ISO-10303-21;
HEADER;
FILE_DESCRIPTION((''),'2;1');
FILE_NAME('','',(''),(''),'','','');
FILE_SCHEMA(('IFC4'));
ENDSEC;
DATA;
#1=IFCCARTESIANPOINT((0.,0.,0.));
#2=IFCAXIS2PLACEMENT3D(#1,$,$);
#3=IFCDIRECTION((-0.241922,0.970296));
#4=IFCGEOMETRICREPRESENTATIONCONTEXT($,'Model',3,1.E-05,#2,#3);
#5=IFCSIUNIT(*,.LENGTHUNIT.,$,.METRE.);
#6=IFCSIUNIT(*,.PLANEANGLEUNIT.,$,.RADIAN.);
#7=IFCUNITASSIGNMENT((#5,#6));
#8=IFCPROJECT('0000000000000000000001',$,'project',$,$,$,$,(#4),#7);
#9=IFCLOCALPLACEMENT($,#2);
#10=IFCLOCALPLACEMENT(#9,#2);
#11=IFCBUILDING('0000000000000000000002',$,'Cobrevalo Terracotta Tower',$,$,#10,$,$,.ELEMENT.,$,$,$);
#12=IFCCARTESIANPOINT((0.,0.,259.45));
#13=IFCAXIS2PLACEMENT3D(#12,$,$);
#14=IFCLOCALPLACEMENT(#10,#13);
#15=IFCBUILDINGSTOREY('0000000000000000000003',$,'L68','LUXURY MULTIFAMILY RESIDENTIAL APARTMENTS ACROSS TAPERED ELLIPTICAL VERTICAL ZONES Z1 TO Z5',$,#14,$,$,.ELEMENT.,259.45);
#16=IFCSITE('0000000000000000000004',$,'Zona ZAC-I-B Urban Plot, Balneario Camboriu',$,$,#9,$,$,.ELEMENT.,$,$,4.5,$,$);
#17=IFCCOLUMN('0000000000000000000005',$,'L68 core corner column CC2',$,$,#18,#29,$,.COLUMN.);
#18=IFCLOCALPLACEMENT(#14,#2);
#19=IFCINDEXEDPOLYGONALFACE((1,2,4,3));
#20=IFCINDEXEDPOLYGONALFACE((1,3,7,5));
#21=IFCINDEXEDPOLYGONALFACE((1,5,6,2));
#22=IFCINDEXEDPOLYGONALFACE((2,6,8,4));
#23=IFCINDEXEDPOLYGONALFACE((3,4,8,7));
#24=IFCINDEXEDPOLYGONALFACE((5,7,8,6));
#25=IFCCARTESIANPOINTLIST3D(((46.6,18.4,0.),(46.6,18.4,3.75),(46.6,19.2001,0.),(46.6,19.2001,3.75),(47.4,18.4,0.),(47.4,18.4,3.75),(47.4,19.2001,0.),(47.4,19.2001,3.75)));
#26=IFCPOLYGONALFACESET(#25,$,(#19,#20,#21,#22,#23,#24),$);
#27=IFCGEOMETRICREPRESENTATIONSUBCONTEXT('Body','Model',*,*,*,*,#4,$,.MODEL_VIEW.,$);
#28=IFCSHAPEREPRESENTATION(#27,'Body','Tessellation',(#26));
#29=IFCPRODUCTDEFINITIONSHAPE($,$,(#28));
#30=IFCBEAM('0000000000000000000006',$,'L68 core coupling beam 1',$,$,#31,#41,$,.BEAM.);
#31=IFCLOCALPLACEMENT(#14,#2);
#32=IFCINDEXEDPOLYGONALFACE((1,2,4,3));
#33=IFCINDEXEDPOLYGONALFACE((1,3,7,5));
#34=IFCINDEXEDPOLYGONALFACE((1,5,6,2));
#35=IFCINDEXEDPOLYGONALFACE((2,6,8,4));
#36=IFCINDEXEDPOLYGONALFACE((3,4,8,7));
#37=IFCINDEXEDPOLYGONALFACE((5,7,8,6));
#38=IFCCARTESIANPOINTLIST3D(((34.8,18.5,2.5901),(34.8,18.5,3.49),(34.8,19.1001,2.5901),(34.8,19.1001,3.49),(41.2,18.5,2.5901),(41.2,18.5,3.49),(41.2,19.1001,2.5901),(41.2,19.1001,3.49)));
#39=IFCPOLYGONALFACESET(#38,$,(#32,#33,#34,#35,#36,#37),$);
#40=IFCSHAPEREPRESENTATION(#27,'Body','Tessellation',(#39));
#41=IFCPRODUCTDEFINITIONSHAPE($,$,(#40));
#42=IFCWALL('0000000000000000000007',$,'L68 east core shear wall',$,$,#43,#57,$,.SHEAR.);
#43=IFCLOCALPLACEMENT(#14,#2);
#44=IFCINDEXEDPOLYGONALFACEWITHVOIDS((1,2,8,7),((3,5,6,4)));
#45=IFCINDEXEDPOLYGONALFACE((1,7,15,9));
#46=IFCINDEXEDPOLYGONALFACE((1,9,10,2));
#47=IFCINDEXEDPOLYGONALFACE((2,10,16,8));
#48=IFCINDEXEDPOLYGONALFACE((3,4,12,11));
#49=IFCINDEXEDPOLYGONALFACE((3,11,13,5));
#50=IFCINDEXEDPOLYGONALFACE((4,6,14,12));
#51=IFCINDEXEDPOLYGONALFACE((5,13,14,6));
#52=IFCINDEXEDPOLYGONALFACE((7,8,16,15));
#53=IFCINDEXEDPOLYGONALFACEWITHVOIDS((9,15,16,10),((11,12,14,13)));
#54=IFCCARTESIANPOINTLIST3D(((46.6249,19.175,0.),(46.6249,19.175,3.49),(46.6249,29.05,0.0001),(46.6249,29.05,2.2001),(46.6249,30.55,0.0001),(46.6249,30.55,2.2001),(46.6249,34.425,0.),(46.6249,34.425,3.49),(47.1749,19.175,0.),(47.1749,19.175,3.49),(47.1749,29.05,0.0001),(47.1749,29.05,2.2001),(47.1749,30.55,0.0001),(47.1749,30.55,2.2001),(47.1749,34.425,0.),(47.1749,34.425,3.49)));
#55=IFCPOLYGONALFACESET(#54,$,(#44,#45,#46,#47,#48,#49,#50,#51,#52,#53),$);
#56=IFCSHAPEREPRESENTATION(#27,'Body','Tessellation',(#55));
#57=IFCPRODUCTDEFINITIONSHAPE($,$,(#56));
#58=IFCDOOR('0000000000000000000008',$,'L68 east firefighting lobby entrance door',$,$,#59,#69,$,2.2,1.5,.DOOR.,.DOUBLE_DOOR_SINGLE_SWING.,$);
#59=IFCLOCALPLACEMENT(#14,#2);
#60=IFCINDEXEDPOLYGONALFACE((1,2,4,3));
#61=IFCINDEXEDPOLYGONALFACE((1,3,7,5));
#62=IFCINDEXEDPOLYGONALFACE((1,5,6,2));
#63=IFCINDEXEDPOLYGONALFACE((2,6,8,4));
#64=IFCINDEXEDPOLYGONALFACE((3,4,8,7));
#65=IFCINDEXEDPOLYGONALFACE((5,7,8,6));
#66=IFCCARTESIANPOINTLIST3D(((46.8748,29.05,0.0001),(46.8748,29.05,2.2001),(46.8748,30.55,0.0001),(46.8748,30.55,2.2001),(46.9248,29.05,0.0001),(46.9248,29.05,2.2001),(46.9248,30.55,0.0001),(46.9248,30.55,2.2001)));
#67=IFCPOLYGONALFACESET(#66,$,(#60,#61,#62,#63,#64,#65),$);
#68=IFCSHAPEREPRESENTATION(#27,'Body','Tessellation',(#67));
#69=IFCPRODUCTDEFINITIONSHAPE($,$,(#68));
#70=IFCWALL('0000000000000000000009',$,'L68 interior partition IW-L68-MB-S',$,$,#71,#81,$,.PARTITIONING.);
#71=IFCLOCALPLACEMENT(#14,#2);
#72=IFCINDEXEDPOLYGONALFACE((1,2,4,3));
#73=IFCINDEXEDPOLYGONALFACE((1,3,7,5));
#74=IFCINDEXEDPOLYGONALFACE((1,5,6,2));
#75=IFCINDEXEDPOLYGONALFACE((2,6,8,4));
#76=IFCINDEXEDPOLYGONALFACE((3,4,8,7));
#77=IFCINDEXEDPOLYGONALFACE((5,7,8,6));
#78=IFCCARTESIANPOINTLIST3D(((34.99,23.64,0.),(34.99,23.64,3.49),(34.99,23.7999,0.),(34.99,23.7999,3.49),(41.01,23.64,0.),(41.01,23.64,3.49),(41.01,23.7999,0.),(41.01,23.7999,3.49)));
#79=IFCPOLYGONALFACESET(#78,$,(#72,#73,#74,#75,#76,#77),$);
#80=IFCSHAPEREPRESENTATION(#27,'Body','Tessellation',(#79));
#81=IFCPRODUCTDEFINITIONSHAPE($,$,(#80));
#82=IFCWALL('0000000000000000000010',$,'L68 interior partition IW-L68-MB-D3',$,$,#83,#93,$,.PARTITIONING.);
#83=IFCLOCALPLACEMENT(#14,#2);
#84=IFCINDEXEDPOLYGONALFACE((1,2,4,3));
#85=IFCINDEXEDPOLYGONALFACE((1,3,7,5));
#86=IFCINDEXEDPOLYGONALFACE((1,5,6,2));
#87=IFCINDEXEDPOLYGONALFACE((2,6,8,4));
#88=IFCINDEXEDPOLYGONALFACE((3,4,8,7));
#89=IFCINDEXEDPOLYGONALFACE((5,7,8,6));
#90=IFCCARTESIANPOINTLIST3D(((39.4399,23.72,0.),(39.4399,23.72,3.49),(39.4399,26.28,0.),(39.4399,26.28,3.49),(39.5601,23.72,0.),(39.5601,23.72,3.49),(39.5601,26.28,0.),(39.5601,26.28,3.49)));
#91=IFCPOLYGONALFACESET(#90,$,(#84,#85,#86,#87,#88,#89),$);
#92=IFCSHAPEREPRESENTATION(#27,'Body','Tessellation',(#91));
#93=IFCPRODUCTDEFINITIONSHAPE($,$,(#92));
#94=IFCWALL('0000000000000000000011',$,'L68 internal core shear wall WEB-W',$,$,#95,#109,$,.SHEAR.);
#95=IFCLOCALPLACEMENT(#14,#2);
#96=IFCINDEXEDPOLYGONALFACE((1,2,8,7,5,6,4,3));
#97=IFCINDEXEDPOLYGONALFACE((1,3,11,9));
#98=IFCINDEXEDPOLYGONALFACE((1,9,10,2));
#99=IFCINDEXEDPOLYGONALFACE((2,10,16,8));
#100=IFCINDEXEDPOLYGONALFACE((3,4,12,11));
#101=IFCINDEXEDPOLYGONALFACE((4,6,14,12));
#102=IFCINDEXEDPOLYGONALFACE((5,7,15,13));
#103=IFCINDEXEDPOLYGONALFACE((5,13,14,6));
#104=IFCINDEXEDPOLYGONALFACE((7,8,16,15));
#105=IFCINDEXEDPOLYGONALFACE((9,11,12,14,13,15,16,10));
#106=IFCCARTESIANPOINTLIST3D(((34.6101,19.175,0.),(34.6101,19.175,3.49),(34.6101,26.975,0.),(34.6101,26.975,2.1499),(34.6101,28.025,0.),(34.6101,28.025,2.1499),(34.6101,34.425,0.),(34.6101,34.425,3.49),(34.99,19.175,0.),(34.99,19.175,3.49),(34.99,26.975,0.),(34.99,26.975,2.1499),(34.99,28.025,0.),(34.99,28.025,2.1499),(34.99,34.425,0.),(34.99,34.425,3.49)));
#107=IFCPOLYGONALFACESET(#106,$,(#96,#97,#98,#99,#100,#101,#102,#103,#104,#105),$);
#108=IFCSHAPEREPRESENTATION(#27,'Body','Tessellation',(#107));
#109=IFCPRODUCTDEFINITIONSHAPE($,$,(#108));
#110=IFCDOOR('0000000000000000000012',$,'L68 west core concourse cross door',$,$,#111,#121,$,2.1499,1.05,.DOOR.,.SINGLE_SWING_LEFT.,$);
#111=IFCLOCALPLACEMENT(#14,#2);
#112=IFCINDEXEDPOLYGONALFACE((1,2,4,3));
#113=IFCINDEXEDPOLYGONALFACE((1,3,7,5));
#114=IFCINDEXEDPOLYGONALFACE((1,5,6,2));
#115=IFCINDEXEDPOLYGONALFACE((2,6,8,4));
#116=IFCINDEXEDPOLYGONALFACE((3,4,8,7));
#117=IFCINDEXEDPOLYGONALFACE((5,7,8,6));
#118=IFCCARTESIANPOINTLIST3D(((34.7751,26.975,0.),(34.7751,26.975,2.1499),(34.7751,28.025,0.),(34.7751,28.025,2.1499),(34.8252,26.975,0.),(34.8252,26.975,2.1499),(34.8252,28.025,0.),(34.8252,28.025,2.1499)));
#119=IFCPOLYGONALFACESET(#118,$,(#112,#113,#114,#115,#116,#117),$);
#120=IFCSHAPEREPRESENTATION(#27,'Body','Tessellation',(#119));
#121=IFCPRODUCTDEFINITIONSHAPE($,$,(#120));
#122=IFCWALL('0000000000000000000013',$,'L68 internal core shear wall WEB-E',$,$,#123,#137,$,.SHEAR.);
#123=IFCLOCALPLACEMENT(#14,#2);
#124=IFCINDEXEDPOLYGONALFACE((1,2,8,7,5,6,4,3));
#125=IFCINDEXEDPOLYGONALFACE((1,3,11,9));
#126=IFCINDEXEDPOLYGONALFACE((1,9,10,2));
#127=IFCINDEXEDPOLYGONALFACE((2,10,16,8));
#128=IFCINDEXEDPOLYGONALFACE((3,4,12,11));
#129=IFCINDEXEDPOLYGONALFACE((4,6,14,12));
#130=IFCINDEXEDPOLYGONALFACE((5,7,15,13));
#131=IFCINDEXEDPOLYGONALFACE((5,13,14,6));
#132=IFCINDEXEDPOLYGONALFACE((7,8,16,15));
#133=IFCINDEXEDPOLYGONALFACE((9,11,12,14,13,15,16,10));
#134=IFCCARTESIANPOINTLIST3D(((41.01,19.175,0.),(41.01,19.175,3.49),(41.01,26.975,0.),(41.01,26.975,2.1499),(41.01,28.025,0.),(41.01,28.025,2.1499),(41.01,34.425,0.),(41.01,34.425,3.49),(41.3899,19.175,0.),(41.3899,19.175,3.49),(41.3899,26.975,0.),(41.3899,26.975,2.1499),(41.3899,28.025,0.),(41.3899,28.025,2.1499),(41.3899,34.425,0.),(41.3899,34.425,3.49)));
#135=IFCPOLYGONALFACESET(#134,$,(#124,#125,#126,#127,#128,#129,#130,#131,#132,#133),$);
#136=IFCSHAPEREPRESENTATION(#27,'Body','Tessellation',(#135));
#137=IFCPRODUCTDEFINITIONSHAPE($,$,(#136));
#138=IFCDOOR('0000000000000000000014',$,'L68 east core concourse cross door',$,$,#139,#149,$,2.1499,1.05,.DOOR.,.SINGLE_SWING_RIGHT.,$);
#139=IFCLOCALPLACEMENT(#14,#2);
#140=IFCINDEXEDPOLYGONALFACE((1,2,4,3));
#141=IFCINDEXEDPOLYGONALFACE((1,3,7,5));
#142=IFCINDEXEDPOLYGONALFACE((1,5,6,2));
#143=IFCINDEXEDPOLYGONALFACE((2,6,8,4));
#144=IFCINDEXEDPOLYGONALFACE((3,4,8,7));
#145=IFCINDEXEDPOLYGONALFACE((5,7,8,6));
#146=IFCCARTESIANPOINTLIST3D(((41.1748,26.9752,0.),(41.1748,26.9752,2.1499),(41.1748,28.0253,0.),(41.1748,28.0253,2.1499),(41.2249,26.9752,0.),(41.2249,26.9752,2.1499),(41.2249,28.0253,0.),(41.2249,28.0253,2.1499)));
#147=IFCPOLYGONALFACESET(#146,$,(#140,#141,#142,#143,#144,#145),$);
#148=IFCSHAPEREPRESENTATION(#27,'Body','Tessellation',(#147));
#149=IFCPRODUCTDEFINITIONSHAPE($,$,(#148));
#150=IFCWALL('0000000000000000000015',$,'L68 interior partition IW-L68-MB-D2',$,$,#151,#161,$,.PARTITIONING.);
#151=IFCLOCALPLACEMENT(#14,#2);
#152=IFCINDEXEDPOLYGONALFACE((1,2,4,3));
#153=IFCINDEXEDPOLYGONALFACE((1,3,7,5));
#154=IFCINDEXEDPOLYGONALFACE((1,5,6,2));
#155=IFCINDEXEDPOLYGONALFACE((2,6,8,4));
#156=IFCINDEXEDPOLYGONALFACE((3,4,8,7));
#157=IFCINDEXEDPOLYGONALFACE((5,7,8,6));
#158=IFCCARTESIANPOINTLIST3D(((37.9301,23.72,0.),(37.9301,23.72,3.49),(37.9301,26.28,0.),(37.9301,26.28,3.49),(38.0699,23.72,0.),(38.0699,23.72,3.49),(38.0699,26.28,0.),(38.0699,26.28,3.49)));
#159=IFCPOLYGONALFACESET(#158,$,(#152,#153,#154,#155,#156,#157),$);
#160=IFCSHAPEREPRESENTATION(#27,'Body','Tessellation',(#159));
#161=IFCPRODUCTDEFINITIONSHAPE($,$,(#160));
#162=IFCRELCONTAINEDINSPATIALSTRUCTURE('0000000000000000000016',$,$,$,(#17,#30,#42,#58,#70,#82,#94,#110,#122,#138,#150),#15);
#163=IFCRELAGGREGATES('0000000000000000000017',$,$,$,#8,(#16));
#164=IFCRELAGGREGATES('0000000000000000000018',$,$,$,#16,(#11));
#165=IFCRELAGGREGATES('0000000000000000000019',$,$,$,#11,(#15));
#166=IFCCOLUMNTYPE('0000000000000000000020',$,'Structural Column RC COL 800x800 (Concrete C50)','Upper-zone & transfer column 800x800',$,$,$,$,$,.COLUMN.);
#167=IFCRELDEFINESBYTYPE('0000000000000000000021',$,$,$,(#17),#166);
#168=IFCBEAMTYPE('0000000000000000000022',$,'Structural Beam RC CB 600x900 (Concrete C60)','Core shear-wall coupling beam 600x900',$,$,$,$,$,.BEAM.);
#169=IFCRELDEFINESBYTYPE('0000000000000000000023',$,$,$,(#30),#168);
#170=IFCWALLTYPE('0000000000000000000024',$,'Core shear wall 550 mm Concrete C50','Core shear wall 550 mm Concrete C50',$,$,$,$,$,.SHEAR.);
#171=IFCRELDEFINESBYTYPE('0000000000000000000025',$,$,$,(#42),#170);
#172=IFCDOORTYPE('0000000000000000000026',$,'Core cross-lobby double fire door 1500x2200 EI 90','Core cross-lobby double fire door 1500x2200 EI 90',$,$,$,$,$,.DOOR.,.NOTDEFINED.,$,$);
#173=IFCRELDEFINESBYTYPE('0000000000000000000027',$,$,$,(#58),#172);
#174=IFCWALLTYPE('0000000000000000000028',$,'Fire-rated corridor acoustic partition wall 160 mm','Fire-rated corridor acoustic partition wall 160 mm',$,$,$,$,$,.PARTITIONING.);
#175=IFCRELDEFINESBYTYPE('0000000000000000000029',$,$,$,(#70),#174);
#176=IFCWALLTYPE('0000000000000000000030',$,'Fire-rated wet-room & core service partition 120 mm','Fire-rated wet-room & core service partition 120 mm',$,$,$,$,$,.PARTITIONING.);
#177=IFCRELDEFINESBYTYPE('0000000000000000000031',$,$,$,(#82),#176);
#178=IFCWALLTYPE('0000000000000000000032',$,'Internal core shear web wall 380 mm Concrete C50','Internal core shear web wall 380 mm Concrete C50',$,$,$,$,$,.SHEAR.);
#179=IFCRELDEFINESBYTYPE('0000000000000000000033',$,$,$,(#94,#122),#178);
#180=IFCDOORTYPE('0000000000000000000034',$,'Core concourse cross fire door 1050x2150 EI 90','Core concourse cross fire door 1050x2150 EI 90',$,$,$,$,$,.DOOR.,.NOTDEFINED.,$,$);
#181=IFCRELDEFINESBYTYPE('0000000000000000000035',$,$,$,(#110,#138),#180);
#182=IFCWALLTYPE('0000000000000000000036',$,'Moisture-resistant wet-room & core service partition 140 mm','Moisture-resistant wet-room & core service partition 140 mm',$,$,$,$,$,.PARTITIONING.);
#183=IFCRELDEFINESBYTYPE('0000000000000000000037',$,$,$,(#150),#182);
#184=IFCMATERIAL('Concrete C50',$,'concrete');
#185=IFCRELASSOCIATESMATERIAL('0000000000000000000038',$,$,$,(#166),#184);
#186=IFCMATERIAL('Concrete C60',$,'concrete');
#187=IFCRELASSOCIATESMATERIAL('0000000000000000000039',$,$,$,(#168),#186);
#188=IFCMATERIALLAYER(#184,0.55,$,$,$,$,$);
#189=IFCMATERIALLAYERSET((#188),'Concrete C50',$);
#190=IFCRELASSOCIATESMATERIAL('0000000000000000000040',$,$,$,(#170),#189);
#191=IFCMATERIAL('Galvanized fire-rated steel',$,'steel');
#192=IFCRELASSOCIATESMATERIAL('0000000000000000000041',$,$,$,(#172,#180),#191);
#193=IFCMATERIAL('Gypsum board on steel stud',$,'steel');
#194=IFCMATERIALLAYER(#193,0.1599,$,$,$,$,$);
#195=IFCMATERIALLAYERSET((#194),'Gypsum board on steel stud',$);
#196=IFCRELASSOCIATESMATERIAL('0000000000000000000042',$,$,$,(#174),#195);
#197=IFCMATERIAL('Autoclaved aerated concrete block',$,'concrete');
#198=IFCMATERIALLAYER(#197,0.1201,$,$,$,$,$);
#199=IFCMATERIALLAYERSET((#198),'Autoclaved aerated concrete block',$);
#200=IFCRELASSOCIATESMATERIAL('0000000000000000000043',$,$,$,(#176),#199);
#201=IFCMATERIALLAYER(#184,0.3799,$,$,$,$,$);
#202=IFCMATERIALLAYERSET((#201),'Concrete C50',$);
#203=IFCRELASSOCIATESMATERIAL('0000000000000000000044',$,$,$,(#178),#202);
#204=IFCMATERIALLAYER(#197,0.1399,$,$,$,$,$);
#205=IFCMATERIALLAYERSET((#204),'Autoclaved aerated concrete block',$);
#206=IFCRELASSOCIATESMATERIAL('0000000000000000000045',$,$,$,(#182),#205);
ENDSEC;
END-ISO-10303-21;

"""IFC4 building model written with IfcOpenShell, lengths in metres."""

from ifc_helpers import new_model, si_unit, direction, frame, frame_2d, origin, origin_2d, place, context, subcontext, project, spatial, rectangle, extrude, source, transform, mapped, material, layer, layer_set, material_profile, profile_set, type_object, element, fill, save


model = new_model("IFC4")

# Units and contexts
model_context = context("Model", 3, precision=1e-05, world=origin(), true_north=direction((-0.241922, 0.970296)))
body_context = subcontext(model_context, "Body", "Model", "MODEL_VIEW")
ifc_project = project(units=[si_unit("LENGTHUNIT", "METRE"), si_unit("PLANEANGLEUNIT", "RADIAN")], contexts=[model_context])

# Site, building, storey
site_placement = place(None, origin())
site = spatial("IfcSite", under=ifc_project, at=site_placement, Name="Zona ZAC-I-B Urban Plot, Balneario Camboriu", CompositionType="ELEMENT", RefElevation=4.5)
building_placement = place(site_placement, origin())
building = spatial("IfcBuilding", under=site, at=building_placement, Name="Cobrevalo Terracotta Tower", CompositionType="ELEMENT")
storey_placement = place(building_placement, frame((0.0, 0.0, 259.45)))
storey = spatial("IfcBuildingStorey", under=building, at=storey_placement, Name="L68", Description="LUXURY MULTIFAMILY RESIDENTIAL APARTMENTS ACROSS TAPERED ELLIPTICAL VERTICAL ZONES Z1 TO Z5", CompositionType="ELEMENT", Elevation=259.45)

# Column
ifc_material_1 = material(Name="Concrete C50", Category="concrete")
ifc_material_profile_1 = material_profile(ifc_material_1, rectangle(XDim=0.8, YDim=0.8, at=origin_2d()), Name="RC COL 800x800")
ifc_profile_set_1 = profile_set([ifc_material_profile_1], Name="Concrete C50")
column_type = type_object("IfcColumnType", Name="Structural Column RC COL 800x800 (Concrete C50)", Description="Upper-zone & transfer column 800x800", PredefinedType="COLUMN", material=ifc_profile_set_1)
column_placement = place(storey_placement, frame((47.0, 18.8, 0.0), z_axis=(0.0, 0.0, 1.0), x_axis=(1.0, 0.0, 0.0)))
element("IfcColumn", 1, at=column_placement, inside=storey, type_object=column_type, Name="L68 core corner column CC2", PredefinedType="COLUMN", context=body_context, shape_type="SweptSolid", body=[
    extrude(rectangle(XDim=0.8, YDim=0.8, at=origin_2d()), origin(), (0.0, 0.0, 1.0), 3.75),
])

# Beam
ifc_material_2 = material(Name="Concrete C60", Category="concrete")
ifc_material_profile_2 = material_profile(ifc_material_2, rectangle(XDim=0.6001, YDim=0.8999, at=origin_2d()), Name="RC CB 600x900")
ifc_profile_set_2 = profile_set([ifc_material_profile_2], Name="Concrete C60")
beam_type = type_object("IfcBeamType", Name="Structural Beam RC CB 600x900 (Concrete C60)", Description="Core shear-wall coupling beam 600x900", PredefinedType="BEAM", material=ifc_profile_set_2)
beam_placement = place(storey_placement, frame((34.8, 18.8, 3.04), z_axis=(1.0, 0.0, 0.0), x_axis=(0.0, 1.0, 0.0)))
element("IfcBeam", 2, at=beam_placement, inside=storey, type_object=beam_type, Name="L68 core coupling beam 1", PredefinedType="BEAM", context=body_context, shape_type="SweptSolid", body=[
    extrude(rectangle(XDim=0.6001, YDim=0.8999, at=origin_2d()), origin(), (0.0, 0.0, 1.0), 6.3999),
])

# Wall, opening, door
ifc_layer_1 = layer(ifc_material_1, 0.55)
ifc_layer_set_1 = layer_set([ifc_layer_1], Name="Concrete C50")
wall_type_1 = type_object("IfcWallType", Name="Core shear wall 550 mm Concrete C50", Description="Core shear wall 550 mm Concrete C50", PredefinedType="SHEAR", material=ifc_layer_set_1)
wall_1_placement = place(storey_placement, frame((46.8999, 19.175, 0.0), z_axis=(0.0, 0.0, 1.0), x_axis=(0.0, 1.0, 0.0)))
wall_1 = element("IfcWall", 3, at=wall_1_placement, inside=storey, type_object=wall_type_1, Name="L68 east core shear wall", PredefinedType="SHEAR", context=body_context, shape_type="SweptSolid", body=[
    extrude(rectangle(XDim=15.25, YDim=0.55, at=frame_2d((7.625, 0.0))), origin(), (0.0, 0.0, 1.0), 3.49),
])
opening_1_placement = place(wall_1_placement, frame((9.875, 0.0, 0.0)))
opening_1 = element("IfcOpeningElement", 4, at=opening_1_placement, cuts=wall_1, PredefinedType="OPENING", context=body_context, shape_type="SweptSolid", body=[
    extrude(rectangle(XDim=1.5, YDim=2.2, at=frame_2d((0.75, 1.1001))), frame((0.0, 0.2852, 0.0), z_axis=(0.0, -1.0, 0.0), x_axis=(1.0, 0.0, 0.0)), (0.0, 0.0, 1.0), 0.5701),
])
ifc_material_3 = material(Name="Galvanized fire-rated steel", Category="steel")
door_type_1 = type_object("IfcDoorType", Name="Core cross-lobby double fire door 1500x2200 EI 90", Description="Core cross-lobby double fire door 1500x2200 EI 90", OperationType="NOTDEFINED", PredefinedType="DOOR", material=ifc_material_3)
shared_shape_1 = source(origin(), body_context, "Body", "SweptSolid", [
    extrude(rectangle(XDim=1.5, YDim=2.2, at=frame_2d((0.75, 1.1001))), frame((0.0, 0.0249, 0.0), z_axis=(0.0, -1.0, 0.0), x_axis=(1.0, 0.0, 0.0)), (0.0, 0.0, 1.0), 0.05),
])
door_1_placement = place(opening_1_placement, frame((1.5, 0.0, 0.0), z_axis=(0.0, 0.0, 1.0), x_axis=(-1.0, 0.0, 0.0)))
door_1 = element("IfcDoor", 5, at=door_1_placement, inside=storey, type_object=door_type_1, Name="L68 east firefighting lobby entrance door", OperationType="DOUBLE_DOOR_SINGLE_SWING", OverallHeight=2.2, OverallWidth=1.5, PredefinedType="DOOR", context=body_context, shape_type="MappedRepresentation", body=[
    mapped(shared_shape_1, transform((0.0, 0.0, 0.0), scale=1.0)),
])
fill(opening_1, door_1)

# Walls
ifc_material_4 = material(Name="Gypsum board on steel stud", Category="steel")
ifc_layer_2 = layer(ifc_material_4, 0.1599)
ifc_layer_set_2 = layer_set([ifc_layer_2], Name="Gypsum board on steel stud")
wall_type_2 = type_object("IfcWallType", Name="Fire-rated corridor acoustic partition wall 160 mm", Description="Fire-rated corridor acoustic partition wall 160 mm", PredefinedType="PARTITIONING", material=ifc_layer_set_2)
wall_2_placement = place(storey_placement, frame((34.99, 23.72, 0.0), z_axis=(0.0, 0.0, 1.0), x_axis=(1.0, 0.0, 0.0)))
element("IfcWall", 6, at=wall_2_placement, inside=storey, type_object=wall_type_2, Name="L68 interior partition IW-L68-MB-S", PredefinedType="PARTITIONING", context=body_context, shape_type="SweptSolid", body=[
    extrude(rectangle(XDim=6.02, YDim=0.1599, at=frame_2d((3.01, 0.0))), origin(), (0.0, 0.0, 1.0), 3.49),
])
ifc_material_5 = material(Name="Autoclaved aerated concrete block", Category="concrete")
ifc_layer_3 = layer(ifc_material_5, 0.1201)
ifc_layer_set_3 = layer_set([ifc_layer_3], Name="Autoclaved aerated concrete block")
wall_type_3 = type_object("IfcWallType", Name="Fire-rated wet-room & core service partition 120 mm", Description="Fire-rated wet-room & core service partition 120 mm", PredefinedType="PARTITIONING", material=ifc_layer_set_3)
wall_3_placement = place(storey_placement, frame((39.5, 23.72, 0.0), z_axis=(0.0, 0.0, 1.0), x_axis=(0.0, 1.0, 0.0)))
element("IfcWall", 7, at=wall_3_placement, inside=storey, type_object=wall_type_3, Name="L68 interior partition IW-L68-MB-D3", PredefinedType="PARTITIONING", context=body_context, shape_type="SweptSolid", body=[
    extrude(rectangle(XDim=2.5601, YDim=0.1201, at=frame_2d((1.28, 0.0))), origin(), (0.0, 0.0, 1.0), 3.49),
])

# Walls, openings, doors
ifc_layer_4 = layer(ifc_material_1, 0.3799)
ifc_layer_set_4 = layer_set([ifc_layer_4], Name="Concrete C50")
wall_type_4 = type_object("IfcWallType", Name="Internal core shear web wall 380 mm Concrete C50", Description="Internal core shear web wall 380 mm Concrete C50", PredefinedType="SHEAR", material=ifc_layer_set_4)
wall_4_placement = place(storey_placement, frame((34.8, 19.175, 0.0), z_axis=(0.0, 0.0, 1.0), x_axis=(0.0, 1.0, 0.0)))
wall_4 = element("IfcWall", 8, at=wall_4_placement, inside=storey, type_object=wall_type_4, Name="L68 internal core shear wall WEB-W", PredefinedType="SHEAR", context=body_context, shape_type="SweptSolid", body=[
    extrude(rectangle(XDim=15.25, YDim=0.3799, at=frame_2d((7.625, 0.0))), origin(), (0.0, 0.0, 1.0), 3.49),
])
opening_2_placement = place(wall_4_placement, frame((7.8, 0.0, 0.0)))
opening_2 = element("IfcOpeningElement", 9, at=opening_2_placement, cuts=wall_4, PredefinedType="OPENING", context=body_context, shape_type="SweptSolid", body=[
    extrude(rectangle(XDim=1.05, YDim=2.1499, at=frame_2d((0.5249, 1.075))), frame((0.0, 0.2, 0.0), z_axis=(0.0, -1.0, 0.0), x_axis=(1.0, 0.0, 0.0)), (0.0, 0.0, 1.0), 0.3999),
])
door_type_2 = type_object("IfcDoorType", Name="Core concourse cross fire door 1050x2150 EI 90", Description="Core concourse cross fire door 1050x2150 EI 90", OperationType="NOTDEFINED", PredefinedType="DOOR", material=ifc_material_3)
shared_shape_2 = source(origin(), body_context, "Body", "SweptSolid", [
    extrude(rectangle(XDim=1.05, YDim=2.1499, at=frame_2d((0.5249, 1.075))), frame((0.0, 0.0249, 0.0), z_axis=(0.0, -1.0, 0.0), x_axis=(1.0, 0.0, 0.0)), (0.0, 0.0, 1.0), 0.05),
])
door_2_placement = place(opening_2_placement, origin())
door_2 = element("IfcDoor", 10, at=door_2_placement, inside=storey, type_object=door_type_2, Name="L68 west core concourse cross door", OperationType="SINGLE_SWING_LEFT", OverallHeight=2.1499, OverallWidth=1.05, PredefinedType="DOOR", context=body_context, shape_type="MappedRepresentation", body=[
    mapped(shared_shape_2, transform((0.0, 0.0, 0.0), scale=1.0)),
])
fill(opening_2, door_2)
wall_5_placement = place(storey_placement, frame((41.2, 19.175, 0.0), z_axis=(0.0, 0.0, 1.0), x_axis=(0.0, 1.0, 0.0)))
wall_5 = element("IfcWall", 11, at=wall_5_placement, inside=storey, type_object=wall_type_4, Name="L68 internal core shear wall WEB-E", PredefinedType="SHEAR", context=body_context, shape_type="SweptSolid", body=[
    extrude(rectangle(XDim=15.25, YDim=0.3799, at=frame_2d((7.625, 0.0))), origin(), (0.0, 0.0, 1.0), 3.49),
])
opening_3_placement = place(wall_5_placement, frame((7.8, 0.0, 0.0)))
opening_3 = element("IfcOpeningElement", 12, at=opening_3_placement, cuts=wall_5, PredefinedType="OPENING", context=body_context, shape_type="SweptSolid", body=[
    extrude(rectangle(XDim=1.05, YDim=2.1499, at=frame_2d((0.5249, 1.075))), frame((0.0, 0.2, 0.0), z_axis=(0.0, -1.0, 0.0), x_axis=(1.0, 0.0, 0.0)), (0.0, 0.0, 1.0), 0.3999),
])
door_3_placement = place(opening_3_placement, frame((1.05, 0.0, 0.0), z_axis=(0.0, 0.0, 1.0), x_axis=(-1.0, 0.0, 0.0)))
door_3 = element("IfcDoor", 13, at=door_3_placement, inside=storey, type_object=door_type_2, Name="L68 east core concourse cross door", OperationType="SINGLE_SWING_RIGHT", OverallHeight=2.1499, OverallWidth=1.05, PredefinedType="DOOR", context=body_context, shape_type="MappedRepresentation", body=[
    mapped(shared_shape_2, transform((0.0, 0.0, 0.0), scale=1.0)),
])
fill(opening_3, door_3)

# Wall
ifc_layer_5 = layer(ifc_material_5, 0.1399)
ifc_layer_set_5 = layer_set([ifc_layer_5], Name="Autoclaved aerated concrete block")
wall_type_5 = type_object("IfcWallType", Name="Moisture-resistant wet-room & core service partition 140 mm", Description="Moisture-resistant wet-room & core service partition 140 mm", PredefinedType="PARTITIONING", material=ifc_layer_set_5)
wall_6_placement = place(storey_placement, frame((38.0, 23.72, 0.0), z_axis=(0.0, 0.0, 1.0), x_axis=(0.0, 1.0, 0.0)))
element("IfcWall", 14, at=wall_6_placement, inside=storey, type_object=wall_type_5, Name="L68 interior partition IW-L68-MB-D2", PredefinedType="PARTITIONING", context=body_context, shape_type="SweptSolid", body=[
    extrude(rectangle(XDim=2.5601, YDim=0.1399, at=frame_2d((1.28, 0.0))), origin(), (0.0, 0.0, 1.0), 3.49),
])

save(model, "model.ifc")
